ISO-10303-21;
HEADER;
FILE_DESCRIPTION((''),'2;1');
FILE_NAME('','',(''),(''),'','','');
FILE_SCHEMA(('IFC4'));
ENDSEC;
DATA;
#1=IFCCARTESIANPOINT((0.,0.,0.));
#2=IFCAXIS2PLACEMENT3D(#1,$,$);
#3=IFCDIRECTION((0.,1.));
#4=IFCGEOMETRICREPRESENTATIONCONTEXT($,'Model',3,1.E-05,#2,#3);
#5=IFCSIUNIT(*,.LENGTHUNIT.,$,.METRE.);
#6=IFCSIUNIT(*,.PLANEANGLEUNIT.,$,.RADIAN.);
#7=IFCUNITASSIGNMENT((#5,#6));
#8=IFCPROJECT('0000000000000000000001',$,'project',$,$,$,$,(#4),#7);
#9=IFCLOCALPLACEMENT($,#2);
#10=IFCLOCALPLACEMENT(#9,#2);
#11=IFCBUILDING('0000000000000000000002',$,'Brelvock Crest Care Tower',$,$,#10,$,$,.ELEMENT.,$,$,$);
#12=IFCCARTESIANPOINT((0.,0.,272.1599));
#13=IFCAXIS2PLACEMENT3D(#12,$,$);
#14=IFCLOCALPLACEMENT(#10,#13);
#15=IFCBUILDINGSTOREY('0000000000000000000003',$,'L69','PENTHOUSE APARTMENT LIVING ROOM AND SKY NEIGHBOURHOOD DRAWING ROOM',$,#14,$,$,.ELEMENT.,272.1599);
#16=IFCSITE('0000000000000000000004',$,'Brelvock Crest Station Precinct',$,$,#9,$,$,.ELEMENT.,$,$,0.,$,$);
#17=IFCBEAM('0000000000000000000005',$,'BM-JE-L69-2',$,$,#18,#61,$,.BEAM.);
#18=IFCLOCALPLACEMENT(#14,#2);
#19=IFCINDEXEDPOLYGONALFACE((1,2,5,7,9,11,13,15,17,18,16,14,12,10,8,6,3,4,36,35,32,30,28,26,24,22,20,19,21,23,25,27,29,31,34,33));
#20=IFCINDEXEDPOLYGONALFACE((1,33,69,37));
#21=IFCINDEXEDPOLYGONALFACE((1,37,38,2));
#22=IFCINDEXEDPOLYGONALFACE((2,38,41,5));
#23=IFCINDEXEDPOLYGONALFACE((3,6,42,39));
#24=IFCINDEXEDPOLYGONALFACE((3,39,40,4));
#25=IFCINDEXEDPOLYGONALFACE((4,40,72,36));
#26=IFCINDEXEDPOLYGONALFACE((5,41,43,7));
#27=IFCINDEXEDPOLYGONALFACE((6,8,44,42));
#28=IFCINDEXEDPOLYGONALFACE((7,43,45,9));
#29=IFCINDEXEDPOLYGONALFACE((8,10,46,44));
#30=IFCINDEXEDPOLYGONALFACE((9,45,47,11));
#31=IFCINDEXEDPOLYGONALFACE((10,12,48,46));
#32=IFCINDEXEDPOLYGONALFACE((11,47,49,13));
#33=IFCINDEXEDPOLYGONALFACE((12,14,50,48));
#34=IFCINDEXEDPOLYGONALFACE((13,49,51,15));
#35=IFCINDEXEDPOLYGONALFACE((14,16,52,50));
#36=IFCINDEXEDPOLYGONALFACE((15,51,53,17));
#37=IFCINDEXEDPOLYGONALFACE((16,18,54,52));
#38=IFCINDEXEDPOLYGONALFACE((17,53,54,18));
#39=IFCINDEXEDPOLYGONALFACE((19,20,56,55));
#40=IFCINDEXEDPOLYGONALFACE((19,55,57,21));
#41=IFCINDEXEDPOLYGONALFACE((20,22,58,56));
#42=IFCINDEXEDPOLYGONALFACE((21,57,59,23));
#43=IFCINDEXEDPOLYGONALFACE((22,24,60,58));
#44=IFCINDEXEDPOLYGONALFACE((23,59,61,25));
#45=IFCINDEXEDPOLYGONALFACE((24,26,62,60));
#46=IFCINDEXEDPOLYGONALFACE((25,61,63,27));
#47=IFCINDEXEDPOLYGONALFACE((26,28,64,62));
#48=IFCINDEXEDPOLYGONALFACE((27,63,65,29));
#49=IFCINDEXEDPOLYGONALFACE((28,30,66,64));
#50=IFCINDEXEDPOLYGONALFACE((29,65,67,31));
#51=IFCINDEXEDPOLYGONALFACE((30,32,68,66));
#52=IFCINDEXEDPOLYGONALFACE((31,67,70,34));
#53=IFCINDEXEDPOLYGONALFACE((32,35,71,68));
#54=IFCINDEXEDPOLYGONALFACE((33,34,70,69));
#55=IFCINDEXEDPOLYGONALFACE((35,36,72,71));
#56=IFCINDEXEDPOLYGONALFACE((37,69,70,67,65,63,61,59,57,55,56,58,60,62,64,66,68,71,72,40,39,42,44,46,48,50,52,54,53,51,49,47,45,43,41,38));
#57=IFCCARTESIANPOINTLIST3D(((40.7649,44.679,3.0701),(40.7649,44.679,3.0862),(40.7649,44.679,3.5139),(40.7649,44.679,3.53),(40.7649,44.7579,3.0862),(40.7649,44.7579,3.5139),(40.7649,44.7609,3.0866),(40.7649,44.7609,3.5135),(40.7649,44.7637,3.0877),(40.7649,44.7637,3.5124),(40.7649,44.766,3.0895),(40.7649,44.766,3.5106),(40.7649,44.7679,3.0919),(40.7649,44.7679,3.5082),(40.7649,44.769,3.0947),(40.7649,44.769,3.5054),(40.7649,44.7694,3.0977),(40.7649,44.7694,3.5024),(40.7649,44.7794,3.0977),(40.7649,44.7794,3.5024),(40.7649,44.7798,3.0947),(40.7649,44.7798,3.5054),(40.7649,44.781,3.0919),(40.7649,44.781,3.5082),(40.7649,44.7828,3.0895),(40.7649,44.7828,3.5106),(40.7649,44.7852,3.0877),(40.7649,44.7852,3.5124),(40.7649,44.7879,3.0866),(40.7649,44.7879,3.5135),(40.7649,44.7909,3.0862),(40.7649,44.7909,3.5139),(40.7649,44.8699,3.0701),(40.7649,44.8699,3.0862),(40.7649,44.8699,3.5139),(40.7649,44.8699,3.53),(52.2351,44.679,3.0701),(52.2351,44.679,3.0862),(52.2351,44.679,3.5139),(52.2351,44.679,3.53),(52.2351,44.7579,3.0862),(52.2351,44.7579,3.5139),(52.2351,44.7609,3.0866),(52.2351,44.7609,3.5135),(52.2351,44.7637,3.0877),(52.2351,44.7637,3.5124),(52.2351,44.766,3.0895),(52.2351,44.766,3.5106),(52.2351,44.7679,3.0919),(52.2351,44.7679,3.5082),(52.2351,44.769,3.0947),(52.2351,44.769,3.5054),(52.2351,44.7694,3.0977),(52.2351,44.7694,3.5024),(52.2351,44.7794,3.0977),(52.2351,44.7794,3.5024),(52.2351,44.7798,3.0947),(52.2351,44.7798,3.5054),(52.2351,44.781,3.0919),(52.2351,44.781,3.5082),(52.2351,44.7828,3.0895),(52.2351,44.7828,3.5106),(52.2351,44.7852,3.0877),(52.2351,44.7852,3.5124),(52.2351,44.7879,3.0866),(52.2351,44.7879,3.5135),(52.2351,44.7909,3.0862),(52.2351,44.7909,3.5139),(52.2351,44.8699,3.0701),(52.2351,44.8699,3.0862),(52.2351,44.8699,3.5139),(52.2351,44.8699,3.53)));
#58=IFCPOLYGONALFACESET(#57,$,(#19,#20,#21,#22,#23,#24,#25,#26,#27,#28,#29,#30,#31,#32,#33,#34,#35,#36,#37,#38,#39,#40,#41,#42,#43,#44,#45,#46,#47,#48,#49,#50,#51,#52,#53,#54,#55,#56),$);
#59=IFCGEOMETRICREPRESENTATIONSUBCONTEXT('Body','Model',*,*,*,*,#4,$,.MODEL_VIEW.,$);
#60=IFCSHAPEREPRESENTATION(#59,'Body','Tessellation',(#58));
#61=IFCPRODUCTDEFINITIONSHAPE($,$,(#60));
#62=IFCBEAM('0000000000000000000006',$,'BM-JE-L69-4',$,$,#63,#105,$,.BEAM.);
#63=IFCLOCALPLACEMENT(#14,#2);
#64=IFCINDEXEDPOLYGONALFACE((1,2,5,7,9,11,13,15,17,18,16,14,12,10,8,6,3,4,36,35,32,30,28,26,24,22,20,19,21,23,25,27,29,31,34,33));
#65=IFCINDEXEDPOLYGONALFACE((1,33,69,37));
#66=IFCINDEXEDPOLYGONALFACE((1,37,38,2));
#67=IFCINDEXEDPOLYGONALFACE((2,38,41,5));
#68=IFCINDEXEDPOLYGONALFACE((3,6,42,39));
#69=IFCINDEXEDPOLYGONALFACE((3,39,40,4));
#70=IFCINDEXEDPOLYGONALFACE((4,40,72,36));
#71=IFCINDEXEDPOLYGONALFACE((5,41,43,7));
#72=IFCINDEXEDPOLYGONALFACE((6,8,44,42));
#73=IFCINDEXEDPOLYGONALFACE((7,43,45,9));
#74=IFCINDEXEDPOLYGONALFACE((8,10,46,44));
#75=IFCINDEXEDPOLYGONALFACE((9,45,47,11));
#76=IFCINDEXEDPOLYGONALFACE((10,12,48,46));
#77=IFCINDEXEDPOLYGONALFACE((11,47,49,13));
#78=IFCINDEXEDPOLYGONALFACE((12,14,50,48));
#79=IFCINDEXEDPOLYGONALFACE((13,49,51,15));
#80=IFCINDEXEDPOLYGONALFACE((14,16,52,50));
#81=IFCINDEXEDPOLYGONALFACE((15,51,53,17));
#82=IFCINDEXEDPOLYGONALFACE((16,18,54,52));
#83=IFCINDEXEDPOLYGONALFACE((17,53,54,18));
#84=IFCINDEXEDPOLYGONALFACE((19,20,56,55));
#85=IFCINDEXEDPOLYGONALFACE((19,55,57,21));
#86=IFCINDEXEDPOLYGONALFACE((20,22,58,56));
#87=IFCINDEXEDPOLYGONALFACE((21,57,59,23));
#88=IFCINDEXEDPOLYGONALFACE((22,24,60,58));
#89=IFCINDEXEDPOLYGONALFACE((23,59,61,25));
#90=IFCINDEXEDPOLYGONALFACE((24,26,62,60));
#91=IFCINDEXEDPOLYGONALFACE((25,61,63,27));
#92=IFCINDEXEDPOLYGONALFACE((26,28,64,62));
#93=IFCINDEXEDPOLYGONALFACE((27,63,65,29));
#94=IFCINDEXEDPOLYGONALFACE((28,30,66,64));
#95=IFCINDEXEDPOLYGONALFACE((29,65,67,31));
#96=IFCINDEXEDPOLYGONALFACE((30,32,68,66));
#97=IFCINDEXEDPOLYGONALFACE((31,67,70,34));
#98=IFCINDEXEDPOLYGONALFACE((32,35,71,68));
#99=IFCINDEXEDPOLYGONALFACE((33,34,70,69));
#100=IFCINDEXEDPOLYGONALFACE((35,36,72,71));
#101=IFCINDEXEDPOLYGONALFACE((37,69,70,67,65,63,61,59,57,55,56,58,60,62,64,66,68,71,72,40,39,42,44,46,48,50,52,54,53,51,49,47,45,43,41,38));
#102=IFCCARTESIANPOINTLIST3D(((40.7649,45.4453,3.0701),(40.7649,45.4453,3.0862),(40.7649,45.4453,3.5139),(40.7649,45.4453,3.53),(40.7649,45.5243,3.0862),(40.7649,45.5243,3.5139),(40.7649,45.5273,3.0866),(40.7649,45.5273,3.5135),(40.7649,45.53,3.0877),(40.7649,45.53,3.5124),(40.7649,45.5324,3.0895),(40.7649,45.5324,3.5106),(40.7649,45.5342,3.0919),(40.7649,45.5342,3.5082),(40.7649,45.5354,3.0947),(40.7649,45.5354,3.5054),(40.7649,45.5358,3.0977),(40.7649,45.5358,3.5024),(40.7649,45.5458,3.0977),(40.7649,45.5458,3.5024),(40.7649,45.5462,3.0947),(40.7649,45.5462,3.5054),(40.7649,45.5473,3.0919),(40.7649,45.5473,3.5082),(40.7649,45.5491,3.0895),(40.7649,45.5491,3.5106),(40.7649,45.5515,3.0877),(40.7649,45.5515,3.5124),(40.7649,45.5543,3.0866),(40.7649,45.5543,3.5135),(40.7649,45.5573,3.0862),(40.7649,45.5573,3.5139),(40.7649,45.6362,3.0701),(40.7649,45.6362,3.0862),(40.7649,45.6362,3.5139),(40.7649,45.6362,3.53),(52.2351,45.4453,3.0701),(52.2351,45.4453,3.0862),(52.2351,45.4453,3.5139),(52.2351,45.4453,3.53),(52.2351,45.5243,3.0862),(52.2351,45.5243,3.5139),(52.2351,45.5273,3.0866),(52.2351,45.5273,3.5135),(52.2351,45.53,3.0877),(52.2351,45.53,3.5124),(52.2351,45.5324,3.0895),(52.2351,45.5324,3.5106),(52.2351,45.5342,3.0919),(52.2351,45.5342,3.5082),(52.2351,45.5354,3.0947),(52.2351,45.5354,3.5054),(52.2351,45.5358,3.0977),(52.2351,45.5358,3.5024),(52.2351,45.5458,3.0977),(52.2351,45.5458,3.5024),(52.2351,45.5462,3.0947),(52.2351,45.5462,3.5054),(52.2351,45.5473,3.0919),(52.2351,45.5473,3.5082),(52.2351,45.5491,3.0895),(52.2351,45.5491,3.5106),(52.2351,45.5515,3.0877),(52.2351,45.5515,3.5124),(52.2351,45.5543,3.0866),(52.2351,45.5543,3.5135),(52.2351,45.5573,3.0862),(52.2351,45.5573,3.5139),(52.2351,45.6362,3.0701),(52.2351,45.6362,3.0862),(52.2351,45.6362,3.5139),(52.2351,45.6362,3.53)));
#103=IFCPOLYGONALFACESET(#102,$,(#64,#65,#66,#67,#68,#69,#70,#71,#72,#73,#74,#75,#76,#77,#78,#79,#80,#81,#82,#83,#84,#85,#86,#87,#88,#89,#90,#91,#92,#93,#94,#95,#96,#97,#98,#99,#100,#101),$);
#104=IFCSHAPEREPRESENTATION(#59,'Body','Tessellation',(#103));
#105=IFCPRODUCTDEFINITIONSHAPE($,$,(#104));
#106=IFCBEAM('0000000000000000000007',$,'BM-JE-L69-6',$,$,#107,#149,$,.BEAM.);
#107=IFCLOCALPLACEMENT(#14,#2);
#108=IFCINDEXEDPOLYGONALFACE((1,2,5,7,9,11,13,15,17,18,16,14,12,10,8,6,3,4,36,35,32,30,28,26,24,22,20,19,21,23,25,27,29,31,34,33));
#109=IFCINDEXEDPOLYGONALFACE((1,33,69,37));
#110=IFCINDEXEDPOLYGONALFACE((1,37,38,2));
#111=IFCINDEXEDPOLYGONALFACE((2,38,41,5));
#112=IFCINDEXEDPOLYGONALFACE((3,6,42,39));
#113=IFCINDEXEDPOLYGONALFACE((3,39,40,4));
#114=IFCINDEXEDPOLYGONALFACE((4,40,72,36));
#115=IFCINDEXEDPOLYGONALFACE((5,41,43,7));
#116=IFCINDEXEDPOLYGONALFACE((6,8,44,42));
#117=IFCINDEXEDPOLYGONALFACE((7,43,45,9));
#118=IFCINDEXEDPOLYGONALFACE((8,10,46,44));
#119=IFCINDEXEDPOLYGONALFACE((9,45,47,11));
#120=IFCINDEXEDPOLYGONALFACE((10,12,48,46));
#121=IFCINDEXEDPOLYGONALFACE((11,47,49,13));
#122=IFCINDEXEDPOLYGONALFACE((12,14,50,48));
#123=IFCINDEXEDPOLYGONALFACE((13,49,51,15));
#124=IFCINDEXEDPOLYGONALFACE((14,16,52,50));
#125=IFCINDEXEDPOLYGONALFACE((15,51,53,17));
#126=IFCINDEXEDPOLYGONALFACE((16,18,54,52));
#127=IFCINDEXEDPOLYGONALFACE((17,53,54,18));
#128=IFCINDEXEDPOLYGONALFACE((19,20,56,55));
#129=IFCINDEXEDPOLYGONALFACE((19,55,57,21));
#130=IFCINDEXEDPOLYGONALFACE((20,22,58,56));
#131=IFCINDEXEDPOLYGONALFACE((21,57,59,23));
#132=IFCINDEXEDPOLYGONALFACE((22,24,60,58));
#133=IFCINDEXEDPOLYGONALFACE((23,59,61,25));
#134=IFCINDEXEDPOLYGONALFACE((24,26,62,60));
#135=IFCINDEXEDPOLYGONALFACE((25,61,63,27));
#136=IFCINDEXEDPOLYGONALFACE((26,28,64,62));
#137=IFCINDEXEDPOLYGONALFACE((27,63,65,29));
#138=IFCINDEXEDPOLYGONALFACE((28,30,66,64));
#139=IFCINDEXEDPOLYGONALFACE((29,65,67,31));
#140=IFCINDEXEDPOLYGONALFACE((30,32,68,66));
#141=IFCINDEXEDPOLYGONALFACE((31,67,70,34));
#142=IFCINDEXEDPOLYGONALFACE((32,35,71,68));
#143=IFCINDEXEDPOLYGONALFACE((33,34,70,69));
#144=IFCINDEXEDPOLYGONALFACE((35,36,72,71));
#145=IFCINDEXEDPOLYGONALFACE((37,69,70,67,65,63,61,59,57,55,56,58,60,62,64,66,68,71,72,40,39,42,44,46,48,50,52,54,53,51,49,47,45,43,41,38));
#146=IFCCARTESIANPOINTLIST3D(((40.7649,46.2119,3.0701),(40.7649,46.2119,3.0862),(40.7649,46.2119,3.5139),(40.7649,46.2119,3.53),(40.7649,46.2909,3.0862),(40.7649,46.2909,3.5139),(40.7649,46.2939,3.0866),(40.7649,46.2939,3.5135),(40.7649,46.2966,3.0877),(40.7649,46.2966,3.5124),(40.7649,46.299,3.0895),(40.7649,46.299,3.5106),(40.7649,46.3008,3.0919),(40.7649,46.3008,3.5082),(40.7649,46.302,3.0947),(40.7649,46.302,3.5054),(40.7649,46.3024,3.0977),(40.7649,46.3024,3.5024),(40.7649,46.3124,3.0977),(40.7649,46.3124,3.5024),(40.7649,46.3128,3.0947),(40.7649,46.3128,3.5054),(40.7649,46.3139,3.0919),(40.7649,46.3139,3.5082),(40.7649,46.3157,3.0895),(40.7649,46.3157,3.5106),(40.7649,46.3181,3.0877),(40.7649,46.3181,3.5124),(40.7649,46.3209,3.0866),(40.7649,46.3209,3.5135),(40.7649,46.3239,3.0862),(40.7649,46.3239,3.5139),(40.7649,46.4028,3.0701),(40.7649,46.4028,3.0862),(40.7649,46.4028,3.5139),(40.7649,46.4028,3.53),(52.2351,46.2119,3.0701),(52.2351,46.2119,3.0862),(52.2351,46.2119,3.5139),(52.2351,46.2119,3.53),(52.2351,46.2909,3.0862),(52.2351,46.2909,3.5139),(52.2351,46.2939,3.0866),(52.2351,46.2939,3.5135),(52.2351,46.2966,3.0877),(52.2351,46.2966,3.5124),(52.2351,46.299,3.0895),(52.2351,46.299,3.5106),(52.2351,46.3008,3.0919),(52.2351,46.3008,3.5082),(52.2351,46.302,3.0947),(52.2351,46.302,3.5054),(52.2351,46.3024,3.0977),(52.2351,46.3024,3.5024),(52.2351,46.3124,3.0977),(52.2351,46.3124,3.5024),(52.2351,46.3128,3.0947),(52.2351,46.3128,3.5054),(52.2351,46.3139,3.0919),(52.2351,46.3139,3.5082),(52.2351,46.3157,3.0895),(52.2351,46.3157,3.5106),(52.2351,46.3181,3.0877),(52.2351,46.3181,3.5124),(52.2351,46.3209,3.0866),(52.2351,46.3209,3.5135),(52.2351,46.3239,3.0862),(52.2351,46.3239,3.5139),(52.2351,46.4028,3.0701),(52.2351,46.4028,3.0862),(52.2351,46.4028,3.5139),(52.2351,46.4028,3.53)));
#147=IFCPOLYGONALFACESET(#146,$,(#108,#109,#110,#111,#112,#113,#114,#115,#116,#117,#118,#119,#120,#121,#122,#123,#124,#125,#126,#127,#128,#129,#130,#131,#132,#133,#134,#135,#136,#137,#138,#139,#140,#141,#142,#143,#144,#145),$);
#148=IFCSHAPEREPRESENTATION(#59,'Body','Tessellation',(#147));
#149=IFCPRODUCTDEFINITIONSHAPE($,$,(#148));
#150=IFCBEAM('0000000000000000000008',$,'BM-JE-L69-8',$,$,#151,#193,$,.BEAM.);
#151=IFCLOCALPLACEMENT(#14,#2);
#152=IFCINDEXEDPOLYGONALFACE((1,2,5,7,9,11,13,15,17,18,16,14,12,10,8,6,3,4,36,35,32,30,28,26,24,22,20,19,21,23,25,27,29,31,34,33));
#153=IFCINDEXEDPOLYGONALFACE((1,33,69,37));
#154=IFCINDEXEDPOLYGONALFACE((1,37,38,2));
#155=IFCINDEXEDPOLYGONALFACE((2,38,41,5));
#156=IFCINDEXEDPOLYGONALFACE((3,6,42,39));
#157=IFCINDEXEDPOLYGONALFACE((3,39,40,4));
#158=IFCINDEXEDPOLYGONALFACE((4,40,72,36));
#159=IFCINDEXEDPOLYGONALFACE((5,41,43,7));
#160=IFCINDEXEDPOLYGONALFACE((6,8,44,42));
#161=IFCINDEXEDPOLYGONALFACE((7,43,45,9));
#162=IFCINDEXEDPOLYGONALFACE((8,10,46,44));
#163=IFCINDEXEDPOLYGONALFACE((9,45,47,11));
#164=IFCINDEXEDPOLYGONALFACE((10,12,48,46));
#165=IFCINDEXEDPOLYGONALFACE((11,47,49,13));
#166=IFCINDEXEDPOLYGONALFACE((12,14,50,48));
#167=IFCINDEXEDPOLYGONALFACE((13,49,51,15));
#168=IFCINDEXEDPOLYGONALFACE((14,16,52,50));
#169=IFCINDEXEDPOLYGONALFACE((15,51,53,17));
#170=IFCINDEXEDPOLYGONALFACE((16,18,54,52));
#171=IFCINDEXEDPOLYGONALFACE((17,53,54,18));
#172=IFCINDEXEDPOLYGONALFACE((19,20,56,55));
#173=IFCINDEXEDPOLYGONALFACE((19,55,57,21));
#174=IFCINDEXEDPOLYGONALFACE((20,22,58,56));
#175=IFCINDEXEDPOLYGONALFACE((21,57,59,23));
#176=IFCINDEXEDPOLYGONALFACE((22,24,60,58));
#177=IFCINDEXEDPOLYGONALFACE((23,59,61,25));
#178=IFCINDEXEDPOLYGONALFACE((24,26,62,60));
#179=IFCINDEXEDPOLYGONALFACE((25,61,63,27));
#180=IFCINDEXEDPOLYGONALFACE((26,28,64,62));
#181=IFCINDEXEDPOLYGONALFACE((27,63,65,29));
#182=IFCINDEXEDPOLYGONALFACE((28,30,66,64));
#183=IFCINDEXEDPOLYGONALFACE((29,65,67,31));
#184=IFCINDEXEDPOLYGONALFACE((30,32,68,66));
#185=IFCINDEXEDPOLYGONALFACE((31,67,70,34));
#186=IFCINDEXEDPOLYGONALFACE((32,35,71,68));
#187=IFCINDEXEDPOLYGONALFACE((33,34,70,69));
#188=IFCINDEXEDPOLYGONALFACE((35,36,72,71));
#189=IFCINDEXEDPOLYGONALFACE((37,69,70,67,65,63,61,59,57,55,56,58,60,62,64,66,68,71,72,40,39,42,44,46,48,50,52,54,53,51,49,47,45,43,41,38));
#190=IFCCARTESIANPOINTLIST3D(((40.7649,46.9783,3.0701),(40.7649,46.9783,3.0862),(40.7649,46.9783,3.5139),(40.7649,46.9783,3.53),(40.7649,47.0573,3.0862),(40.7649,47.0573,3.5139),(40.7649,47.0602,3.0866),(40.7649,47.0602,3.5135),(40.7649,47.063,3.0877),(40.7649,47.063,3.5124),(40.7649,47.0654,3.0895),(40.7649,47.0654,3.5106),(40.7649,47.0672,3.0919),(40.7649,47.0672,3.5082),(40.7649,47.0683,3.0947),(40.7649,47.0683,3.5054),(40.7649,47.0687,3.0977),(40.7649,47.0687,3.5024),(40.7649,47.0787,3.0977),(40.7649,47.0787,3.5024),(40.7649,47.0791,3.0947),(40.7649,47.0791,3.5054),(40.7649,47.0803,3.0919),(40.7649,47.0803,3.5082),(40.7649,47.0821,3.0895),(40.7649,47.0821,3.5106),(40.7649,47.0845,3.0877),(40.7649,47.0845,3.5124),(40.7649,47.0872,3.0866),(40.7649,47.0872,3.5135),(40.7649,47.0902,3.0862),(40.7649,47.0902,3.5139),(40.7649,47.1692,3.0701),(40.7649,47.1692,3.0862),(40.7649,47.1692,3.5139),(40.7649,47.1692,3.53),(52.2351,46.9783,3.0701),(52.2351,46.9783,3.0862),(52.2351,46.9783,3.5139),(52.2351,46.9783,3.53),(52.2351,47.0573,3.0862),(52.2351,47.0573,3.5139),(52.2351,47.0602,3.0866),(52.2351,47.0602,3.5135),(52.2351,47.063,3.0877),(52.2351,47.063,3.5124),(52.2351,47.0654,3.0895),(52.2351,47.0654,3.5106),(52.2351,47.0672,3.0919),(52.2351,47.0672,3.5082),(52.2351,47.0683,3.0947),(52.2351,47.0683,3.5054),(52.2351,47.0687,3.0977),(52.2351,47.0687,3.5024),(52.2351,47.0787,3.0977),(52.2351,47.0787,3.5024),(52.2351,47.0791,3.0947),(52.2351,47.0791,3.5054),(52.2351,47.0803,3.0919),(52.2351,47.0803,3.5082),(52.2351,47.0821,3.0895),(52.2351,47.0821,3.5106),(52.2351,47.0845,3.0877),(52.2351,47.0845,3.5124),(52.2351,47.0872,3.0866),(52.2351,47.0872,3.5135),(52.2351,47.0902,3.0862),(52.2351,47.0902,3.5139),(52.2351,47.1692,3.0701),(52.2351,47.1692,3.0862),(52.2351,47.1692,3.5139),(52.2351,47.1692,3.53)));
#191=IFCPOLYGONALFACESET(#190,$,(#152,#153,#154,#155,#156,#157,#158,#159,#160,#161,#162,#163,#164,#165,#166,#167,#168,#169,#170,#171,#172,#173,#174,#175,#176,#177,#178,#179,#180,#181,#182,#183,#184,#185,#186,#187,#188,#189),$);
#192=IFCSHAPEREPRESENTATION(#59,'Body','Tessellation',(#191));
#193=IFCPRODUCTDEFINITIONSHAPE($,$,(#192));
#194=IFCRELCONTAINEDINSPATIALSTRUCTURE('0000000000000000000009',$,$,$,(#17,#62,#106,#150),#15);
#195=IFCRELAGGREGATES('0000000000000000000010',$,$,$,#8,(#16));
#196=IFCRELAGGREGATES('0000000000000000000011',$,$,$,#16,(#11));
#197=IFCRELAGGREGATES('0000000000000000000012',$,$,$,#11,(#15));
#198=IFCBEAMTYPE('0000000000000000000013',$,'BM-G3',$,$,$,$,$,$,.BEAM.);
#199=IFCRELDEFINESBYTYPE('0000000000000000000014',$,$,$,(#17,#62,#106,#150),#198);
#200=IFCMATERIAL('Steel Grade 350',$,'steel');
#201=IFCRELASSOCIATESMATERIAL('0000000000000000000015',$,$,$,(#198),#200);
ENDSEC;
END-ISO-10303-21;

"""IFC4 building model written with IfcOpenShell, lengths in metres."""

from ifc_helpers import new_model, si_unit, direction, frame, origin, origin_2d, place, context, subcontext, project, spatial, i_section, extrude, source, transform, mapped, material, material_profile, profile_set, type_object, element, save


model = new_model("IFC4")

# Units and contexts
model_context = context("Model", 3, precision=1e-05, world=origin(), true_north=direction((0.0, 1.0)))
body_context = subcontext(model_context, "Body", "Model", "MODEL_VIEW")
ifc_project = project(units=[si_unit("LENGTHUNIT", "METRE"), si_unit("PLANEANGLEUNIT", "RADIAN")], contexts=[model_context])

# Site, building, storey
site_placement = place(None, origin())
site = spatial("IfcSite", under=ifc_project, at=site_placement, Name="Brelvock Crest Station Precinct", CompositionType="ELEMENT", RefElevation=0.0)
building_placement = place(site_placement, origin())
building = spatial("IfcBuilding", under=site, at=building_placement, Name="Brelvock Crest Care Tower", CompositionType="ELEMENT")
storey_placement = place(building_placement, frame((0.0, 0.0, 272.1599)))
storey = spatial("IfcBuildingStorey", under=building, at=storey_placement, Name="L69", Description="PENTHOUSE APARTMENT LIVING ROOM AND SKY NEIGHBOURHOOD DRAWING ROOM", CompositionType="ELEMENT", Elevation=272.1599)

# Beams
ifc_material_1 = material(Name="Steel Grade 350", Category="steel")
ifc_material_profile_1 = material_profile(ifc_material_1, i_section(OverallWidth=0.1909, OverallDepth=0.46, WebThickness=0.01, FlangeThickness=0.0161, FilletRadius=0.0115, at=origin_2d()), Name="460UB82.1")
ifc_profile_set_1 = profile_set([ifc_material_profile_1], Name="Steel Grade 350")
beam_type_1 = type_object("IfcBeamType", Name="BM-G3", PredefinedType="BEAM", material=ifc_profile_set_1)
shared_shape_1 = source(origin(), body_context, "Body", "SweptSolid", [
    extrude(i_section(OverallWidth=0.1909, OverallDepth=0.46, WebThickness=0.01, FlangeThickness=0.0161, FilletRadius=0.0115, at=origin_2d()), origin(), (0.0, 0.0, 1.0), 11.4702),
])
for number, where, z_axis, x_axis, name in (
    (1, (40.7649, 44.7744, 3.3), (1.0, 0.0, 0.0), (0.0, 1.0, 0.0), "BM-JE-L69-2"),
    (2, (40.7649, 45.5408, 3.3), (1.0, 0.0, 0.0), (0.0, 1.0, 0.0), "BM-JE-L69-4"),
    (3, (40.7649, 46.3074, 3.3), (1.0, 0.0, 0.0), (0.0, 1.0, 0.0), "BM-JE-L69-6"),
    (4, (40.7649, 47.0737, 3.3), (1.0, 0.0, 0.0), (0.0, 1.0, 0.0), "BM-JE-L69-8"),
):
    element("IfcBeam", number, at=place(storey_placement, frame(where, z_axis=z_axis, x_axis=x_axis)), inside=storey, type_object=beam_type_1, Name=name, PredefinedType="BEAM", context=body_context, shape_type="MappedRepresentation", body=[
        mapped(shared_shape_1, transform((0.0, 0.0, 0.0), x_axis=(1.0, 0.0, 0.0), y_axis=(0.0, 1.0, 0.0), z_axis=(0.0, 0.0, 1.0), scale=1.0)),
    ])

save(model, "model.ifc")
